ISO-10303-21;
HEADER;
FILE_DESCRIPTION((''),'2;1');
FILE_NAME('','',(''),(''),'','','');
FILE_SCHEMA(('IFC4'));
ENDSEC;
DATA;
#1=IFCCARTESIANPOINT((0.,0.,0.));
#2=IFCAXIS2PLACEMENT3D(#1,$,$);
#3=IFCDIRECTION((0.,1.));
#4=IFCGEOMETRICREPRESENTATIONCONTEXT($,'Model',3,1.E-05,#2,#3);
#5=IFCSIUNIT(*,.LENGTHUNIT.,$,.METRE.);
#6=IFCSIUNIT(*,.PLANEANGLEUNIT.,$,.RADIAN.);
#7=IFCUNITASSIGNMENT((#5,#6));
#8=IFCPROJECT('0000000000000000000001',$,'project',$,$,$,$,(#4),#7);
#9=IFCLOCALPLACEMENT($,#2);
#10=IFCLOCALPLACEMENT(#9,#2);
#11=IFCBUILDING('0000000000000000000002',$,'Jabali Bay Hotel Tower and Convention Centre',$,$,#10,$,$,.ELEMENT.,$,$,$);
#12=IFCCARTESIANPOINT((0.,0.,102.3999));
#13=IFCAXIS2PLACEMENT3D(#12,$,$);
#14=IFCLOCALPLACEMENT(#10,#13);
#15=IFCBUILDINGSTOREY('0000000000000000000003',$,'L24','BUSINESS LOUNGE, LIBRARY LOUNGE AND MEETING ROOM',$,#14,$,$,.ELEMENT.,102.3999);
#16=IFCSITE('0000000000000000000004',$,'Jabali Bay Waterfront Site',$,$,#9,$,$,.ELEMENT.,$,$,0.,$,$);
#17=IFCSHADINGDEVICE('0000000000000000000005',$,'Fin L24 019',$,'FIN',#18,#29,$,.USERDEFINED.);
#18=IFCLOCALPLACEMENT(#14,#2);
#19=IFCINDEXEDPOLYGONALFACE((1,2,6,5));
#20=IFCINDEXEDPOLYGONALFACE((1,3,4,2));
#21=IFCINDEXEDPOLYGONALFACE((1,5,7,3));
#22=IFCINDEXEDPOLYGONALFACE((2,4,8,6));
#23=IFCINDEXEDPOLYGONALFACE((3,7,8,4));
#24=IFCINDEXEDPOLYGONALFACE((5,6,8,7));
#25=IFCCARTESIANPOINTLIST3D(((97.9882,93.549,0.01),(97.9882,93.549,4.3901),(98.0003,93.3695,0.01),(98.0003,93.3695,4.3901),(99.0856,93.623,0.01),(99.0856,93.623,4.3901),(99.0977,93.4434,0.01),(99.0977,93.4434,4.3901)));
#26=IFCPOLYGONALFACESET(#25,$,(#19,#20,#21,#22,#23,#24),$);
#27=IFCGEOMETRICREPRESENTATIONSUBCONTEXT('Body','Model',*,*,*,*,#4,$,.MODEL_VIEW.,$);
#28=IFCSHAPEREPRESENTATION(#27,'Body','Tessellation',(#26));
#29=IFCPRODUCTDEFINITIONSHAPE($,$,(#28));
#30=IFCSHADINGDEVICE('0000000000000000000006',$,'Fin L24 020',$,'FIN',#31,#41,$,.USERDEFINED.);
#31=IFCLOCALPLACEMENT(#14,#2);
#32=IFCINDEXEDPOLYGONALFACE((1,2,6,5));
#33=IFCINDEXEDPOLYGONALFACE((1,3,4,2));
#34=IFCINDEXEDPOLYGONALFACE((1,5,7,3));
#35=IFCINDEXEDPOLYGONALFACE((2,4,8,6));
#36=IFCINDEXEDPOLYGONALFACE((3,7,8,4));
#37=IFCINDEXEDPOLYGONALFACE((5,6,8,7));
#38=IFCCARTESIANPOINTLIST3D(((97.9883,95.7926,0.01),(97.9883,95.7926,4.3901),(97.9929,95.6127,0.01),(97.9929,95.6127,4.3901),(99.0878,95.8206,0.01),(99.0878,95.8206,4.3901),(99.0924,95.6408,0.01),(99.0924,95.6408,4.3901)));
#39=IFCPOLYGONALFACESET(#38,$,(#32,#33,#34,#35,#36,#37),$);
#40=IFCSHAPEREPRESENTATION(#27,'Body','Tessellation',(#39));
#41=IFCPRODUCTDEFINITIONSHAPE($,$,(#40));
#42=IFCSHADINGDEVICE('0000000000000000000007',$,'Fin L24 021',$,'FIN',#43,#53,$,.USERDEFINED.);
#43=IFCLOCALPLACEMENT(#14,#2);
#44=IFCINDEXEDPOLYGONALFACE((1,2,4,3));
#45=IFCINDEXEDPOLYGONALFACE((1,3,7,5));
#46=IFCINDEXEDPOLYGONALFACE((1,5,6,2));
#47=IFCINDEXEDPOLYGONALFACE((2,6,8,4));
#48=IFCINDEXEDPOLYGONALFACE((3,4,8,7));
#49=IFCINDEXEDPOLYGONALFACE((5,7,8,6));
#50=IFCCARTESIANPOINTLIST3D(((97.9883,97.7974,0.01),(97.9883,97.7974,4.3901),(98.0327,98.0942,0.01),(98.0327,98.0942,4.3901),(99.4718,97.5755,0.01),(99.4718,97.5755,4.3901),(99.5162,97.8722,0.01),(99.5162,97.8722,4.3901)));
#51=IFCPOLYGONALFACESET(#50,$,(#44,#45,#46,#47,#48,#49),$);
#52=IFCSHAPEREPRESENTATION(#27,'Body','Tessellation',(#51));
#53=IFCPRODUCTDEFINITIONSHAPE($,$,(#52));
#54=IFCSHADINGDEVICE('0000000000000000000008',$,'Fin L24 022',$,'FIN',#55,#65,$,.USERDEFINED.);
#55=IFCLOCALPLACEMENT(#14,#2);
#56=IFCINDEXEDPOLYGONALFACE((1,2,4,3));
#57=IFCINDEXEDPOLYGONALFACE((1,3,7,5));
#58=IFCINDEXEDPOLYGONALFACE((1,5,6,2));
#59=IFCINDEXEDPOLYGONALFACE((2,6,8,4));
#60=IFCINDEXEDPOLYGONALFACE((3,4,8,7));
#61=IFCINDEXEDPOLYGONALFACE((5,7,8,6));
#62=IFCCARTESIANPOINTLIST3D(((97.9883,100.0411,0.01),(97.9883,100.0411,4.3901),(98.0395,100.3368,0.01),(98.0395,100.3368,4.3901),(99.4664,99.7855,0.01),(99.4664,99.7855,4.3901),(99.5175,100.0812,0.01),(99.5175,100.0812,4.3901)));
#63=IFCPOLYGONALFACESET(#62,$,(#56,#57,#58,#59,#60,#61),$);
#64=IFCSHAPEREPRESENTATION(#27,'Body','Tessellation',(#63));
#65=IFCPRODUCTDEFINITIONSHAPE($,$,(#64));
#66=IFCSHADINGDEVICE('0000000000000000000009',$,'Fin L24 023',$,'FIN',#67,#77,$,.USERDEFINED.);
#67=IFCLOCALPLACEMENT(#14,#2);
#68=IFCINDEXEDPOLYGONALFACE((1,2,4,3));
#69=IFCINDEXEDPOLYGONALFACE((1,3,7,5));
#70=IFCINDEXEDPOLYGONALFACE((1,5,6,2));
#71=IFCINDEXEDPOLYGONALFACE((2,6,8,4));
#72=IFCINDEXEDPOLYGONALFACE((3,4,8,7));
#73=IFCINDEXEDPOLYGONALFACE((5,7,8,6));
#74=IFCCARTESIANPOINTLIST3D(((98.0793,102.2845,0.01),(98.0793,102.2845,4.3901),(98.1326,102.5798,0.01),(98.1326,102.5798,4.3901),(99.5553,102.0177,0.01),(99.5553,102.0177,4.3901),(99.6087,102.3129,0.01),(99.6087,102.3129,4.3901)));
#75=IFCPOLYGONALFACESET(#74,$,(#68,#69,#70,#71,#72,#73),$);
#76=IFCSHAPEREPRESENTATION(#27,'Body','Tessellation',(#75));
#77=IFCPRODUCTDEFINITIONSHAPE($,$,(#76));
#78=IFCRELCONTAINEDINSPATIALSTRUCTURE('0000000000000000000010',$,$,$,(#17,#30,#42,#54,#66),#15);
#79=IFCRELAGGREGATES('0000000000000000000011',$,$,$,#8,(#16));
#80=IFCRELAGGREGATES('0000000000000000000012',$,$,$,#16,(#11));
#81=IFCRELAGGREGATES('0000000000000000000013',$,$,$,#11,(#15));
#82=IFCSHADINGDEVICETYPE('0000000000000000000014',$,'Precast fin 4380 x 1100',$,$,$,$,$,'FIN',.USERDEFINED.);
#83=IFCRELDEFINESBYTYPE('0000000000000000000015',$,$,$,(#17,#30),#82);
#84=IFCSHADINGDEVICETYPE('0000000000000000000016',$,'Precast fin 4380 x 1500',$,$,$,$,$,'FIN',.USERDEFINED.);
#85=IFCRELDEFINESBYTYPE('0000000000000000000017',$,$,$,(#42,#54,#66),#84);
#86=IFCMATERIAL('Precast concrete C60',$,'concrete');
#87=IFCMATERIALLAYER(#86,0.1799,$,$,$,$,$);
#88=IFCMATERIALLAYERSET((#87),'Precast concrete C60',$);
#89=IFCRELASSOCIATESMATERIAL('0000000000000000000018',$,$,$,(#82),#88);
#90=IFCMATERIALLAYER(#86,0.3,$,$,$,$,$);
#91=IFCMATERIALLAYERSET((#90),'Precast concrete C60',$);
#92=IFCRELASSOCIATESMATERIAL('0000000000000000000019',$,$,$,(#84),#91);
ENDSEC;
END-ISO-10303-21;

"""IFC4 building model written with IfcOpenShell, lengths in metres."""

from ifc_helpers import new_model, si_unit, direction, frame, frame_2d, origin, place, context, subcontext, project, spatial, rectangle, extrude, material, layer, layer_set, type_object, element, save


model = new_model("IFC4")

# Units and contexts
model_context = context("Model", 3, precision=1e-05, world=origin(), true_north=direction((0.0, 1.0)))
body_context = subcontext(model_context, "Body", "Model", "MODEL_VIEW")
ifc_project = project(units=[si_unit("LENGTHUNIT", "METRE"), si_unit("PLANEANGLEUNIT", "RADIAN")], contexts=[model_context])

# Site, building, storey
site_placement = place(None, origin())
site = spatial("IfcSite", under=ifc_project, at=site_placement, Name="Jabali Bay Waterfront Site", CompositionType="ELEMENT", RefElevation=0.0)
building_placement = place(site_placement, origin())
building = spatial("IfcBuilding", under=site, at=building_placement, Name="Jabali Bay Hotel Tower and Convention Centre", CompositionType="ELEMENT")
storey_placement = place(building_placement, frame((0.0, 0.0, 102.3999)))
storey = spatial("IfcBuildingStorey", under=building, at=storey_placement, Name="L24", Description="BUSINESS LOUNGE, LIBRARY LOUNGE AND MEETING ROOM", CompositionType="ELEMENT", Elevation=102.3999)

# Shading devices
ifc_material_1 = material(Name="Precast concrete C60", Category="concrete")
ifc_layer_1 = layer(ifc_material_1, 0.1799)
ifc_layer_set_1 = layer_set([ifc_layer_1], Name="Precast concrete C60")
shading_device_type_1 = type_object("IfcShadingDeviceType", Name="Precast fin 4380 x 1100", ElementType="FIN", PredefinedType="USERDEFINED", material=ifc_layer_set_1)
for number, where, z_axis, x_axis, name in (
    (1, (97.9944, 93.4592, 0.01), (0.0, 0.0, 1.0), (0.997736, 0.067256, 0.0), "Fin L24 019"),
    (2, (97.9907, 95.7026, 0.01), (0.0, 0.0, 1.0), (0.999674, 0.025525, 0.0), "Fin L24 020"),
):
    element("IfcShadingDevice", number, at=place(storey_placement, frame(where, z_axis=z_axis, x_axis=x_axis)), inside=storey, type_object=shading_device_type_1, Name=name, ObjectType="FIN", PredefinedType="USERDEFINED", context=body_context, shape_type="SweptSolid", body=[
        extrude(rectangle(XDim=1.0999, YDim=0.1799, at=frame_2d((0.5498, 0.0))), origin(), (0.0, 0.0, 1.0), 4.3801),
    ])
ifc_layer_2 = layer(ifc_material_1, 0.3)
ifc_layer_set_2 = layer_set([ifc_layer_2], Name="Precast concrete C60")
shading_device_type_2 = type_object("IfcShadingDeviceType", Name="Precast fin 4380 x 1500", ElementType="FIN", PredefinedType="USERDEFINED", material=ifc_layer_set_2)
for number, where, z_axis, x_axis, name in (
    (3, (98.0105, 97.9458, 0.01), (0.0, 0.0, 1.0), (0.988994, -0.147958, 0.0), "Fin L24 021"),
    (4, (98.0139, 100.189, 0.01), (0.0, 0.0, 1.0), (0.985373, -0.170414, 0.0), "Fin L24 022"),
    (5, (98.106, 102.4321, 0.01), (0.0, 0.0, 1.0), (0.984049, -0.177897, 0.0), "Fin L24 023"),
):
    element("IfcShadingDevice", number, at=place(storey_placement, frame(where, z_axis=z_axis, x_axis=x_axis)), inside=storey, type_object=shading_device_type_2, Name=name, ObjectType="FIN", PredefinedType="USERDEFINED", context=body_context, shape_type="SweptSolid", body=[
        extrude(rectangle(XDim=1.5, YDim=0.3, at=frame_2d((0.75, 0.0))), origin(), (0.0, 0.0, 1.0), 4.3801),
    ])

save(model, "model.ifc")
